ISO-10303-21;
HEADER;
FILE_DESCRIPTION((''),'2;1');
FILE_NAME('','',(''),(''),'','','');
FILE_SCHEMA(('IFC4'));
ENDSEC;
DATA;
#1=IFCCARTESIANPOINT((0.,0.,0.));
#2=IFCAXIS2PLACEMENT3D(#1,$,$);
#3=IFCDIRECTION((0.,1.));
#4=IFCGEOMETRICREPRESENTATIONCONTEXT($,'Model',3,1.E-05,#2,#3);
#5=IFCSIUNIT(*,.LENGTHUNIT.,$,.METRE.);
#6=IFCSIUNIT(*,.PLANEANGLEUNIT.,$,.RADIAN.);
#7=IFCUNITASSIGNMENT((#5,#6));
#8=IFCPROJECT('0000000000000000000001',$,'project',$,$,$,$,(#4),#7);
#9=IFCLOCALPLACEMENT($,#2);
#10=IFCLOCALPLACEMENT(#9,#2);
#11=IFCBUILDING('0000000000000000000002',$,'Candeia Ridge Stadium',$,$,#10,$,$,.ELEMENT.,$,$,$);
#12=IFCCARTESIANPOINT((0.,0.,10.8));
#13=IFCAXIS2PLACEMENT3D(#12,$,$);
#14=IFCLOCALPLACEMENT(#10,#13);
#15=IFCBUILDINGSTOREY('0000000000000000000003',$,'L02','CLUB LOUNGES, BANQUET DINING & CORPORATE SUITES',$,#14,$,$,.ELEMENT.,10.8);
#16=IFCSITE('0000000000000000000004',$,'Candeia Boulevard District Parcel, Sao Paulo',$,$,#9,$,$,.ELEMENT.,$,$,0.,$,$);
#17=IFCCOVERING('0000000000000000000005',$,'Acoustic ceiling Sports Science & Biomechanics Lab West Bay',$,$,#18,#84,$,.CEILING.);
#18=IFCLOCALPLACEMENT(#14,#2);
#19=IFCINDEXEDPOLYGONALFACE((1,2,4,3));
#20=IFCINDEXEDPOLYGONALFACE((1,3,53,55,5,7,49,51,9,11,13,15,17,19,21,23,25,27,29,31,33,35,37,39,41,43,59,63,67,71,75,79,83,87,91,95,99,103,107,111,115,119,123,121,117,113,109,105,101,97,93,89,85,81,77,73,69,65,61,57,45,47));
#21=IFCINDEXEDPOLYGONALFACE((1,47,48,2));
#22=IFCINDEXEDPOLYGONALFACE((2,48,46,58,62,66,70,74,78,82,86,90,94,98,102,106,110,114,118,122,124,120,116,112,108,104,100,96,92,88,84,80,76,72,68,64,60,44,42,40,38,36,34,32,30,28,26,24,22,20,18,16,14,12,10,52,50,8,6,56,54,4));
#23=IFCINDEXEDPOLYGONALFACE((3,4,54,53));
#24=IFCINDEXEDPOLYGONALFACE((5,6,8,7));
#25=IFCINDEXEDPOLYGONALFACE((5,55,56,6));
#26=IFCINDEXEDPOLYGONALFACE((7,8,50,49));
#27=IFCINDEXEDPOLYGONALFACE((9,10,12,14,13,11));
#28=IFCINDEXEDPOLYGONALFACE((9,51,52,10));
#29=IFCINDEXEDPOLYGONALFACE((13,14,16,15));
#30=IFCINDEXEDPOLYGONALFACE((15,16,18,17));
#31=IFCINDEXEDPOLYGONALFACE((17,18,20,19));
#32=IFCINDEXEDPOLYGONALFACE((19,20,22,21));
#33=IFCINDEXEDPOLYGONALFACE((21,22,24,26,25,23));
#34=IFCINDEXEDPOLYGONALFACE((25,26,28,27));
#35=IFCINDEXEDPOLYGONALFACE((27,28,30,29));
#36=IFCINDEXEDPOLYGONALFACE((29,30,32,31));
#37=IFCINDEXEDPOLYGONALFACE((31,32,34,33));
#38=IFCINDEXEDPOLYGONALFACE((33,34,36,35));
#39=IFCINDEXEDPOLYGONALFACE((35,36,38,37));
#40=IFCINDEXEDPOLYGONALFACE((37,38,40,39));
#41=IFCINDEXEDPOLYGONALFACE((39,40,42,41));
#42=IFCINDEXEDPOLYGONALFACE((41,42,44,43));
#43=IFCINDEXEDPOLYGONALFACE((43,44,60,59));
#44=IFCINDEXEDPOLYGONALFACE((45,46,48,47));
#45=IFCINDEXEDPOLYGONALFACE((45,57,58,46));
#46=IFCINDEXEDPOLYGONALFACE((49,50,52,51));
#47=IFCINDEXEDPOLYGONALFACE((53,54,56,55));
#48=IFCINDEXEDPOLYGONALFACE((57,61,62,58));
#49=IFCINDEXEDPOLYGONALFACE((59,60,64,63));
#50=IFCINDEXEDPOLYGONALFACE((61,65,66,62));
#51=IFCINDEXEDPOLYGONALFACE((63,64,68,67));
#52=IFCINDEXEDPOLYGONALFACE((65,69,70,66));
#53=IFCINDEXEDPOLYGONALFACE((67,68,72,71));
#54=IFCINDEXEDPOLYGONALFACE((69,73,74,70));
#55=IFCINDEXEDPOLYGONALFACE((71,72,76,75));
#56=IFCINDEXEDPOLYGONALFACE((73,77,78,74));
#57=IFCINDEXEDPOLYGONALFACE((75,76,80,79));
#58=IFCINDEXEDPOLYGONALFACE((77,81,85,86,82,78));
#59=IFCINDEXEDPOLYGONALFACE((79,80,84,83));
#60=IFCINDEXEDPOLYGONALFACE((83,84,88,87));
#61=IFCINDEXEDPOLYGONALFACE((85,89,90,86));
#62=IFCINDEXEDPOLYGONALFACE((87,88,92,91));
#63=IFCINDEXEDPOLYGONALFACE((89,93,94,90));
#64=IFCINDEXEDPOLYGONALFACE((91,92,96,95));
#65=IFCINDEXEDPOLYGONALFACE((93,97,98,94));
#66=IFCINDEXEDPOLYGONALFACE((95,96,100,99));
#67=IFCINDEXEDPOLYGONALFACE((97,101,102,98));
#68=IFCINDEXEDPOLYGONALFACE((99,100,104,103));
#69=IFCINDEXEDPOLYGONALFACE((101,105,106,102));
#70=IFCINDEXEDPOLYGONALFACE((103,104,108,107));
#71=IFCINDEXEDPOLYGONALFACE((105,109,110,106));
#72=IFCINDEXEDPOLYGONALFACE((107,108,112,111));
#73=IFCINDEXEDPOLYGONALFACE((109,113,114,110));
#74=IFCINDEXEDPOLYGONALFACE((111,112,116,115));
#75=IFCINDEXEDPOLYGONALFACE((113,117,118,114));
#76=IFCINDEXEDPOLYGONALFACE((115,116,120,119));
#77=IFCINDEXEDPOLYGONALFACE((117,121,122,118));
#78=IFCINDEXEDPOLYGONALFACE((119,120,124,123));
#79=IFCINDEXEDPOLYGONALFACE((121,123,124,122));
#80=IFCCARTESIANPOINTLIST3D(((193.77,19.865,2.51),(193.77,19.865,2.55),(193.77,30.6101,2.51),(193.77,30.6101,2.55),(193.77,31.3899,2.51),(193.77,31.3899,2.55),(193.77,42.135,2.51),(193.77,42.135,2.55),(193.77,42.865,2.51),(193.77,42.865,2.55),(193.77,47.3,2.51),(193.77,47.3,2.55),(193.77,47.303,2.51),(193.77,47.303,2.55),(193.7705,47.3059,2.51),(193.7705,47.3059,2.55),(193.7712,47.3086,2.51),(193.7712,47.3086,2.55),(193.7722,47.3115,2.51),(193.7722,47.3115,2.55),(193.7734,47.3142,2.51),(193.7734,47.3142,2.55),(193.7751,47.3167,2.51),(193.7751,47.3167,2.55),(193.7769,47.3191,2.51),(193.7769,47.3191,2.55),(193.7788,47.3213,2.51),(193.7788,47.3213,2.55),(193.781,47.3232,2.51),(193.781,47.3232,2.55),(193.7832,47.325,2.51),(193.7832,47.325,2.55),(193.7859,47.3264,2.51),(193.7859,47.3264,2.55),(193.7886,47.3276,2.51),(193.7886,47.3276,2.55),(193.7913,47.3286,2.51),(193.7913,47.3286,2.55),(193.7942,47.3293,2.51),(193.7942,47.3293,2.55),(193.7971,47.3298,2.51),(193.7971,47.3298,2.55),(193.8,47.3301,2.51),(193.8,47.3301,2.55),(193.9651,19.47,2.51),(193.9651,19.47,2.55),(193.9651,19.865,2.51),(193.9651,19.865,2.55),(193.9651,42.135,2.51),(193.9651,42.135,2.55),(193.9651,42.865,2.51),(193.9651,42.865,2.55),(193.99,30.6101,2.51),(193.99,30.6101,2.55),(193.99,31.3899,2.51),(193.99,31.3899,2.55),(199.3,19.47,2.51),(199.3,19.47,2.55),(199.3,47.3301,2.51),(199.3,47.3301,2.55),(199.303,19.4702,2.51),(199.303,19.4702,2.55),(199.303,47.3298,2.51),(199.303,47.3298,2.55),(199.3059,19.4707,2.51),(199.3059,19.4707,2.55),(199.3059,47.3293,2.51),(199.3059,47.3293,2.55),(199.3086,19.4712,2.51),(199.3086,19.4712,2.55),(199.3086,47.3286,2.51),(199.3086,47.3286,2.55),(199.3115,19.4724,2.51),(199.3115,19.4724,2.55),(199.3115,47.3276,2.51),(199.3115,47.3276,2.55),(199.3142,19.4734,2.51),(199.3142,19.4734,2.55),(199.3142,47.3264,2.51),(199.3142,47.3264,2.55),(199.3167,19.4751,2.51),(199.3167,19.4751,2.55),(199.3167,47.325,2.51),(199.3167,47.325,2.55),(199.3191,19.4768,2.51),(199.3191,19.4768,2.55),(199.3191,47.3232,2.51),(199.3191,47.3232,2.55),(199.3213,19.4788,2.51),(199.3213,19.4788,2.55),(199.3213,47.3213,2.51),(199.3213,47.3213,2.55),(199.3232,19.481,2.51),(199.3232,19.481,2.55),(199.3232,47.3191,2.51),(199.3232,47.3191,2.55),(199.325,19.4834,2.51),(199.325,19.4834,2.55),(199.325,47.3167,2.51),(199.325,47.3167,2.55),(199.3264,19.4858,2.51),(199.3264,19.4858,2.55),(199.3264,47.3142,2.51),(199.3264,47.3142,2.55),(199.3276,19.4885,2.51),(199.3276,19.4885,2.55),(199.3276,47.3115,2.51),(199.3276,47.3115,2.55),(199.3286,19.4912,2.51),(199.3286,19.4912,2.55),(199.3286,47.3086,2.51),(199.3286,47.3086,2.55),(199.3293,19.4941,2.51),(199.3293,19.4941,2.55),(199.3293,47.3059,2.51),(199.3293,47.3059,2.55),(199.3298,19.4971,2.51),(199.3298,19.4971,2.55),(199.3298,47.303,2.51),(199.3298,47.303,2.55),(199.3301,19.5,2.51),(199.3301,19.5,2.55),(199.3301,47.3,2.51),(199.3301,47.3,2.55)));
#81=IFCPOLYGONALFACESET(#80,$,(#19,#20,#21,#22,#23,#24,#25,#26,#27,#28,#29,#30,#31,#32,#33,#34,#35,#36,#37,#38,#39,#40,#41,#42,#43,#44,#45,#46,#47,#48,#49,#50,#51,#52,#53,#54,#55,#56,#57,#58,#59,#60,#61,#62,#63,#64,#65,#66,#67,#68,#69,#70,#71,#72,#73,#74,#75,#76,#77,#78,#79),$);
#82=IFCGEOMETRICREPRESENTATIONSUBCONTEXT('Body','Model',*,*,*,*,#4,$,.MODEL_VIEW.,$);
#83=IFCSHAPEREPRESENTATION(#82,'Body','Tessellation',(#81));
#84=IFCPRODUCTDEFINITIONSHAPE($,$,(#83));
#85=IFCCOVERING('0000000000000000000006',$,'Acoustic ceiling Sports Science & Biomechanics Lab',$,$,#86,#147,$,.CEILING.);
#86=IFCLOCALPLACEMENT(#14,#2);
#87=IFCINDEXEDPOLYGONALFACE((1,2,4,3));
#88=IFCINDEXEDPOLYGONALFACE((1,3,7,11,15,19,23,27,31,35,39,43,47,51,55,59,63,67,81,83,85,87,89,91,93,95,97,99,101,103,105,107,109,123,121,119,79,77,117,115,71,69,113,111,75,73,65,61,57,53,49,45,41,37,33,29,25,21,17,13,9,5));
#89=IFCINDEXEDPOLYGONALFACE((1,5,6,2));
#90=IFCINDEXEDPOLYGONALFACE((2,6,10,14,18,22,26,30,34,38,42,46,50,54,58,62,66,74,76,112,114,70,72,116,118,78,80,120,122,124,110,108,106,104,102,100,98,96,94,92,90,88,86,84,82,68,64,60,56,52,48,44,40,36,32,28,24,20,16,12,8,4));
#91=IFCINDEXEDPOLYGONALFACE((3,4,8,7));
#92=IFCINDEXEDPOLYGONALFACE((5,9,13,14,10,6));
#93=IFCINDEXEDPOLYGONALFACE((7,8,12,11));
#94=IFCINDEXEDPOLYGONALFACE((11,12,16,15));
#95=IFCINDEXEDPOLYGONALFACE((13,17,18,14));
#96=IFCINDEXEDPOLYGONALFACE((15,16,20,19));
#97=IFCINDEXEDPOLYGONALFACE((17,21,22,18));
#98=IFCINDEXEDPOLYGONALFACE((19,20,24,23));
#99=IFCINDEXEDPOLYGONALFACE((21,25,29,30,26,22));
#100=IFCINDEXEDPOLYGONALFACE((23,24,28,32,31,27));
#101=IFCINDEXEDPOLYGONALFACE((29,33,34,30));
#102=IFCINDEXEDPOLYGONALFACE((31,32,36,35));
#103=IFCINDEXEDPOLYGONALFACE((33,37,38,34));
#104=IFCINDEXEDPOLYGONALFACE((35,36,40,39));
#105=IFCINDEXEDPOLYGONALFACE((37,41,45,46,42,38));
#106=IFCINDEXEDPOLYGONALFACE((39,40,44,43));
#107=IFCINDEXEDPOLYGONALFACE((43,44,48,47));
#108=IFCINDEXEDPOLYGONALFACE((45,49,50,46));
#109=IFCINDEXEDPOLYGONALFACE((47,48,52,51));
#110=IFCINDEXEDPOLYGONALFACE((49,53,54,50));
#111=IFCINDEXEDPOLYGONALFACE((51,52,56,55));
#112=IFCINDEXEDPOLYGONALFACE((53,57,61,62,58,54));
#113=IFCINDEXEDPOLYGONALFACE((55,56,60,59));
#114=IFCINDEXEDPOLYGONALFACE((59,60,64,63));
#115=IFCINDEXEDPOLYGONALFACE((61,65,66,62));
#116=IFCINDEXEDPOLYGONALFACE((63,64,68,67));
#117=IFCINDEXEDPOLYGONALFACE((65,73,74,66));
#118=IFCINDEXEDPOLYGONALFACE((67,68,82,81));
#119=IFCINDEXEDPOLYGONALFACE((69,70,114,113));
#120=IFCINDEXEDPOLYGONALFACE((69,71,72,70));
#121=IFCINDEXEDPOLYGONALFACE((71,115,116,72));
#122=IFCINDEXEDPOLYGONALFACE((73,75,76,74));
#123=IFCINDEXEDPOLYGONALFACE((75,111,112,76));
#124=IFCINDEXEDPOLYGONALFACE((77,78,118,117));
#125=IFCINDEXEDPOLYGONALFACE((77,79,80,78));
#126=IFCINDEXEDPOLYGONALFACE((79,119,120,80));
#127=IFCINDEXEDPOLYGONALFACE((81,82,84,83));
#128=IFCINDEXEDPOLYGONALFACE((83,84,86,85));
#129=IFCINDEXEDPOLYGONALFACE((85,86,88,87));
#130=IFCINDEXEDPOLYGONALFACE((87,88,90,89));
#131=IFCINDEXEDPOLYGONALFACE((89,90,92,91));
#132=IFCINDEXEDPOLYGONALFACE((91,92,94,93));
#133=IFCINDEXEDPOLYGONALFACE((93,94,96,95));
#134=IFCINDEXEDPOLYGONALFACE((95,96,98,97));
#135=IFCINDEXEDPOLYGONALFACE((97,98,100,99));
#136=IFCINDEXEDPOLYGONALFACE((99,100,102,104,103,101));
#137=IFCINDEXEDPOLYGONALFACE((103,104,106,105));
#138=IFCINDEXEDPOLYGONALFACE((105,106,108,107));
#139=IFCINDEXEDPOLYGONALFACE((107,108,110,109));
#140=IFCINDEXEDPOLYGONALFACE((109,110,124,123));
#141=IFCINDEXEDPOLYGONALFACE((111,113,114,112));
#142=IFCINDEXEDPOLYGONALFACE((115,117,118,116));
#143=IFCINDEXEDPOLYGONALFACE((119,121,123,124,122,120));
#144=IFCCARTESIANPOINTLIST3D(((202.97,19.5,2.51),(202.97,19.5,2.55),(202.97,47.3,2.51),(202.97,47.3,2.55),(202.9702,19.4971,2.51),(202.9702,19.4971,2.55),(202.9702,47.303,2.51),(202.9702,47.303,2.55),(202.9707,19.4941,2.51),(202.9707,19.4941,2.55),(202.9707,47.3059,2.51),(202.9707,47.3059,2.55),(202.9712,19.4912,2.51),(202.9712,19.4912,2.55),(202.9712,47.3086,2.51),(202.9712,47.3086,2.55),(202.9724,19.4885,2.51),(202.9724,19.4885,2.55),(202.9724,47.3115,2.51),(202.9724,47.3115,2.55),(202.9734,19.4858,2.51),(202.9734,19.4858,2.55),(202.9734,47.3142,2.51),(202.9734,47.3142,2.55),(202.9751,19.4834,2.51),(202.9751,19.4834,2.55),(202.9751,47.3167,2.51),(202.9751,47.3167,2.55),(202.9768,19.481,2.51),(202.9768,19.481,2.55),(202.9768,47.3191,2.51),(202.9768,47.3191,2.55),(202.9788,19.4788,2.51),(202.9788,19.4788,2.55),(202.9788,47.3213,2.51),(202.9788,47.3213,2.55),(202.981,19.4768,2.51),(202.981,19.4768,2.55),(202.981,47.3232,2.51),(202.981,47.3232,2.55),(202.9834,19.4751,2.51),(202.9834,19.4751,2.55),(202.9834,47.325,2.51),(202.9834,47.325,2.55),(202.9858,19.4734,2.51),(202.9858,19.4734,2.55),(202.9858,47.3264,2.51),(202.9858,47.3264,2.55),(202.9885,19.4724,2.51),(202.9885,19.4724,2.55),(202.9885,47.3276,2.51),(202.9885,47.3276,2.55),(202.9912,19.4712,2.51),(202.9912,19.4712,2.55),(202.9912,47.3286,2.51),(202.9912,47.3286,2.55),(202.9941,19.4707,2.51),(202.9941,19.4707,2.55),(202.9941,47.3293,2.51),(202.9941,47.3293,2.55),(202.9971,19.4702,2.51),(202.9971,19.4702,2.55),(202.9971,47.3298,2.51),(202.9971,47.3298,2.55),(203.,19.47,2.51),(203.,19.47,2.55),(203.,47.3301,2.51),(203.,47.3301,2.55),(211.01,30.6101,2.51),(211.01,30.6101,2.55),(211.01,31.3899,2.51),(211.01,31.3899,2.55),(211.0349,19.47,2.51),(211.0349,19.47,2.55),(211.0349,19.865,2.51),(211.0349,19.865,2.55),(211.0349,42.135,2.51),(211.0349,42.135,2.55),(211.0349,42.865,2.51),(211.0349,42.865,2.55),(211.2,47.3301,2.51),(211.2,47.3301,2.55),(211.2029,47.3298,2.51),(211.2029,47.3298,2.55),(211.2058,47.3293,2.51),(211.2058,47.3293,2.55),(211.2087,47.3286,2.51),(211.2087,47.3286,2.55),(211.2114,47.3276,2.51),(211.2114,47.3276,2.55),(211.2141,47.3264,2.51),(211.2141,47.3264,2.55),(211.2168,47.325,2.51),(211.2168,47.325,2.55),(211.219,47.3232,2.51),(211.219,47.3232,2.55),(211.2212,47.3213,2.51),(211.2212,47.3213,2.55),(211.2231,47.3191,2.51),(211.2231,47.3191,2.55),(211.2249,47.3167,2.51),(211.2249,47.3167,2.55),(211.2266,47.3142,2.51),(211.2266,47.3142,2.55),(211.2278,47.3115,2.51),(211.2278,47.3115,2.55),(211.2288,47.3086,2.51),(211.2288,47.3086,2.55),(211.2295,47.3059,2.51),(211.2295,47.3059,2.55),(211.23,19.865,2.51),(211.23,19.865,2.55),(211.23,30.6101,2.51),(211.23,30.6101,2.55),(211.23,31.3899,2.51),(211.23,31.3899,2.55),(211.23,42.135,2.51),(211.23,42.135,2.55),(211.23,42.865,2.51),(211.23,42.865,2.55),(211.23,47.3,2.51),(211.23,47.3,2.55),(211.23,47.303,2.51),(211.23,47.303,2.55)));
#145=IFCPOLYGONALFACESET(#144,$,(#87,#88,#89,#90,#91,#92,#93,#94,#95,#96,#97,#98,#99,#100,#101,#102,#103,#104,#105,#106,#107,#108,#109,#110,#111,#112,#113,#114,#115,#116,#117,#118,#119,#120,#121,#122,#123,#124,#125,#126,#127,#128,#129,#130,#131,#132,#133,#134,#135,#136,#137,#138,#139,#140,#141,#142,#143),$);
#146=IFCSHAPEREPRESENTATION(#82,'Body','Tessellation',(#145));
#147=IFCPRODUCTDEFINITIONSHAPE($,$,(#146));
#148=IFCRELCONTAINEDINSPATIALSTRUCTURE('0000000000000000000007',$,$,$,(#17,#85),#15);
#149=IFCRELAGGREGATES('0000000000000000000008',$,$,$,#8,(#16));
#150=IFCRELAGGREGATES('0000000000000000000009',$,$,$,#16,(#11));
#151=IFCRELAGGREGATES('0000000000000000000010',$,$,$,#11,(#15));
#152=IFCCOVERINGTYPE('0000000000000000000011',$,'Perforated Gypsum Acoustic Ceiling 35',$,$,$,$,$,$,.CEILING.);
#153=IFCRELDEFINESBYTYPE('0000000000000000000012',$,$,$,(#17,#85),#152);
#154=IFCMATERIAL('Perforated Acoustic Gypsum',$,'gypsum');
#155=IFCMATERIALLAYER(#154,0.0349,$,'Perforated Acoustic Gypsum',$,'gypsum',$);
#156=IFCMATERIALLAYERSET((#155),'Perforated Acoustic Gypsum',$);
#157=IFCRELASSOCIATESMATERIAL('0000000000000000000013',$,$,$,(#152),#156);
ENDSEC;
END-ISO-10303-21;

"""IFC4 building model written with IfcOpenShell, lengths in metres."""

from ifc_helpers import new_model, si_unit, direction, frame, origin, place, context, subcontext, project, spatial, polyline, outline, extrude, material, layer, layer_set, type_object, element, save


model = new_model("IFC4")

# Units and contexts
model_context = context("Model", 3, precision=1e-05, world=origin(), true_north=direction((0.0, 1.0)))
body_context = subcontext(model_context, "Body", "Model", "MODEL_VIEW")
ifc_project = project(units=[si_unit("LENGTHUNIT", "METRE"), si_unit("PLANEANGLEUNIT", "RADIAN")], contexts=[model_context])

# Site, building, storey
site_placement = place(None, origin())
site = spatial("IfcSite", under=ifc_project, at=site_placement, Name="Candeia Boulevard District Parcel, Sao Paulo", CompositionType="ELEMENT", RefElevation=0.0)
building_placement = place(site_placement, origin())
building = spatial("IfcBuilding", under=site, at=building_placement, Name="Candeia Ridge Stadium", CompositionType="ELEMENT")
storey_placement = place(building_placement, frame((0.0, 0.0, 10.8)))
storey = spatial("IfcBuildingStorey", under=building, at=storey_placement, Name="L02", Description="CLUB LOUNGES, BANQUET DINING & CORPORATE SUITES", CompositionType="ELEMENT", Elevation=10.8)

# Coverings
ifc_material_1 = material(Name="Perforated Acoustic Gypsum", Category="gypsum")
ifc_layer_1 = layer(ifc_material_1, 0.0349, Name="Perforated Acoustic Gypsum", Category="gypsum")
ifc_layer_set_1 = layer_set([ifc_layer_1], Name="Perforated Acoustic Gypsum")
covering_type_1 = type_object("IfcCoveringType", Name="Perforated Gypsum Acoustic Ceiling 35", PredefinedType="CEILING", material=ifc_layer_set_1)
covering_1_placement = place(storey_placement, frame((0.0, 0.0, 2.51)))
element("IfcCovering", 1, at=covering_1_placement, inside=storey, type_object=covering_type_1, Name="Acoustic ceiling Sports Science & Biomechanics Lab West Bay", PredefinedType="CEILING", context=body_context, shape_type="SweptSolid", body=[
    extrude(outline(polyline([(193.99, 30.6101), (193.99, 31.3899), (193.77, 31.3899), (193.77, 42.135), (193.9651, 42.135), (193.9651, 42.865), (193.77, 42.865), (193.77, 47.3), (193.77, 47.303), (193.7705, 47.3059), (193.7712, 47.3086), (193.7722, 47.3115), (193.7734, 47.3142), (193.7751, 47.3167), (193.7769, 47.3191), (193.7788, 47.3213), (193.781, 47.3232), (193.7832, 47.325), (193.7859, 47.3264), (193.7886, 47.3276), (193.7913, 47.3286), (193.7942, 47.3293), (193.7971, 47.3298), (193.8, 47.3301), (199.3, 47.3301), (199.303, 47.3298), (199.3059, 47.3293), (199.3086, 47.3286), (199.3115, 47.3276), (199.3142, 47.3264), (199.3167, 47.325), (199.3191, 47.3232), (199.3213, 47.3213), (199.3232, 47.3191), (199.325, 47.3167), (199.3264, 47.3142), (199.3276, 47.3115), (199.3286, 47.3086), (199.3293, 47.3059), (199.3298, 47.303), (199.3301, 47.3), (199.3301, 19.5), (199.3298, 19.4971), (199.3293, 19.4941), (199.3286, 19.4912), (199.3276, 19.4885), (199.3264, 19.4858), (199.325, 19.4834), (199.3232, 19.481), (199.3213, 19.4788), (199.3191, 19.4768), (199.3167, 19.4751), (199.3142, 19.4734), (199.3115, 19.4724), (199.3086, 19.4712), (199.3059, 19.4707), (199.303, 19.4702), (199.3, 19.47), (193.9651, 19.47), (193.9651, 19.865), (193.77, 19.865), (193.77, 30.6101), (193.99, 30.6101)])), origin(), (0.0, 0.0, 1.0), 0.04),
])
covering_2_placement = place(storey_placement, frame((0.0, 0.0, 2.51)))
element("IfcCovering", 2, at=covering_2_placement, inside=storey, type_object=covering_type_1, Name="Acoustic ceiling Sports Science & Biomechanics Lab", PredefinedType="CEILING", context=body_context, shape_type="SweptSolid", body=[
    extrude(outline(polyline([(202.9941, 19.4707), (202.9912, 19.4712), (202.9885, 19.4724), (202.9858, 19.4734), (202.9834, 19.4751), (202.981, 19.4768), (202.9788, 19.4788), (202.9768, 19.481), (202.9751, 19.4834), (202.9734, 19.4858), (202.9724, 19.4885), (202.9712, 19.4912), (202.9707, 19.4941), (202.9702, 19.4971), (202.97, 19.5), (202.97, 47.3), (202.9702, 47.303), (202.9707, 47.3059), (202.9712, 47.3086), (202.9724, 47.3115), (202.9734, 47.3142), (202.9751, 47.3167), (202.9768, 47.3191), (202.9788, 47.3213), (202.981, 47.3232), (202.9834, 47.325), (202.9858, 47.3264), (202.9885, 47.3276), (202.9912, 47.3286), (202.9941, 47.3293), (202.9971, 47.3298), (203.0, 47.3301), (211.2, 47.3301), (211.2029, 47.3298), (211.2058, 47.3293), (211.2087, 47.3286), (211.2114, 47.3276), (211.2141, 47.3264), (211.2168, 47.325), (211.219, 47.3232), (211.2212, 47.3213), (211.2231, 47.3191), (211.2249, 47.3167), (211.2266, 47.3142), (211.2278, 47.3115), (211.2288, 47.3086), (211.2295, 47.3059), (211.23, 47.303), (211.23, 47.3), (211.23, 42.865), (211.0349, 42.865), (211.0349, 42.135), (211.23, 42.135), (211.23, 31.3899), (211.01, 31.3899), (211.01, 30.6101), (211.23, 30.6101), (211.23, 19.865), (211.0349, 19.865), (211.0349, 19.47), (203.0, 19.47), (202.9971, 19.4702), (202.9941, 19.4707)])), origin(), (0.0, 0.0, 1.0), 0.04),
])

save(model, "model.ifc")
